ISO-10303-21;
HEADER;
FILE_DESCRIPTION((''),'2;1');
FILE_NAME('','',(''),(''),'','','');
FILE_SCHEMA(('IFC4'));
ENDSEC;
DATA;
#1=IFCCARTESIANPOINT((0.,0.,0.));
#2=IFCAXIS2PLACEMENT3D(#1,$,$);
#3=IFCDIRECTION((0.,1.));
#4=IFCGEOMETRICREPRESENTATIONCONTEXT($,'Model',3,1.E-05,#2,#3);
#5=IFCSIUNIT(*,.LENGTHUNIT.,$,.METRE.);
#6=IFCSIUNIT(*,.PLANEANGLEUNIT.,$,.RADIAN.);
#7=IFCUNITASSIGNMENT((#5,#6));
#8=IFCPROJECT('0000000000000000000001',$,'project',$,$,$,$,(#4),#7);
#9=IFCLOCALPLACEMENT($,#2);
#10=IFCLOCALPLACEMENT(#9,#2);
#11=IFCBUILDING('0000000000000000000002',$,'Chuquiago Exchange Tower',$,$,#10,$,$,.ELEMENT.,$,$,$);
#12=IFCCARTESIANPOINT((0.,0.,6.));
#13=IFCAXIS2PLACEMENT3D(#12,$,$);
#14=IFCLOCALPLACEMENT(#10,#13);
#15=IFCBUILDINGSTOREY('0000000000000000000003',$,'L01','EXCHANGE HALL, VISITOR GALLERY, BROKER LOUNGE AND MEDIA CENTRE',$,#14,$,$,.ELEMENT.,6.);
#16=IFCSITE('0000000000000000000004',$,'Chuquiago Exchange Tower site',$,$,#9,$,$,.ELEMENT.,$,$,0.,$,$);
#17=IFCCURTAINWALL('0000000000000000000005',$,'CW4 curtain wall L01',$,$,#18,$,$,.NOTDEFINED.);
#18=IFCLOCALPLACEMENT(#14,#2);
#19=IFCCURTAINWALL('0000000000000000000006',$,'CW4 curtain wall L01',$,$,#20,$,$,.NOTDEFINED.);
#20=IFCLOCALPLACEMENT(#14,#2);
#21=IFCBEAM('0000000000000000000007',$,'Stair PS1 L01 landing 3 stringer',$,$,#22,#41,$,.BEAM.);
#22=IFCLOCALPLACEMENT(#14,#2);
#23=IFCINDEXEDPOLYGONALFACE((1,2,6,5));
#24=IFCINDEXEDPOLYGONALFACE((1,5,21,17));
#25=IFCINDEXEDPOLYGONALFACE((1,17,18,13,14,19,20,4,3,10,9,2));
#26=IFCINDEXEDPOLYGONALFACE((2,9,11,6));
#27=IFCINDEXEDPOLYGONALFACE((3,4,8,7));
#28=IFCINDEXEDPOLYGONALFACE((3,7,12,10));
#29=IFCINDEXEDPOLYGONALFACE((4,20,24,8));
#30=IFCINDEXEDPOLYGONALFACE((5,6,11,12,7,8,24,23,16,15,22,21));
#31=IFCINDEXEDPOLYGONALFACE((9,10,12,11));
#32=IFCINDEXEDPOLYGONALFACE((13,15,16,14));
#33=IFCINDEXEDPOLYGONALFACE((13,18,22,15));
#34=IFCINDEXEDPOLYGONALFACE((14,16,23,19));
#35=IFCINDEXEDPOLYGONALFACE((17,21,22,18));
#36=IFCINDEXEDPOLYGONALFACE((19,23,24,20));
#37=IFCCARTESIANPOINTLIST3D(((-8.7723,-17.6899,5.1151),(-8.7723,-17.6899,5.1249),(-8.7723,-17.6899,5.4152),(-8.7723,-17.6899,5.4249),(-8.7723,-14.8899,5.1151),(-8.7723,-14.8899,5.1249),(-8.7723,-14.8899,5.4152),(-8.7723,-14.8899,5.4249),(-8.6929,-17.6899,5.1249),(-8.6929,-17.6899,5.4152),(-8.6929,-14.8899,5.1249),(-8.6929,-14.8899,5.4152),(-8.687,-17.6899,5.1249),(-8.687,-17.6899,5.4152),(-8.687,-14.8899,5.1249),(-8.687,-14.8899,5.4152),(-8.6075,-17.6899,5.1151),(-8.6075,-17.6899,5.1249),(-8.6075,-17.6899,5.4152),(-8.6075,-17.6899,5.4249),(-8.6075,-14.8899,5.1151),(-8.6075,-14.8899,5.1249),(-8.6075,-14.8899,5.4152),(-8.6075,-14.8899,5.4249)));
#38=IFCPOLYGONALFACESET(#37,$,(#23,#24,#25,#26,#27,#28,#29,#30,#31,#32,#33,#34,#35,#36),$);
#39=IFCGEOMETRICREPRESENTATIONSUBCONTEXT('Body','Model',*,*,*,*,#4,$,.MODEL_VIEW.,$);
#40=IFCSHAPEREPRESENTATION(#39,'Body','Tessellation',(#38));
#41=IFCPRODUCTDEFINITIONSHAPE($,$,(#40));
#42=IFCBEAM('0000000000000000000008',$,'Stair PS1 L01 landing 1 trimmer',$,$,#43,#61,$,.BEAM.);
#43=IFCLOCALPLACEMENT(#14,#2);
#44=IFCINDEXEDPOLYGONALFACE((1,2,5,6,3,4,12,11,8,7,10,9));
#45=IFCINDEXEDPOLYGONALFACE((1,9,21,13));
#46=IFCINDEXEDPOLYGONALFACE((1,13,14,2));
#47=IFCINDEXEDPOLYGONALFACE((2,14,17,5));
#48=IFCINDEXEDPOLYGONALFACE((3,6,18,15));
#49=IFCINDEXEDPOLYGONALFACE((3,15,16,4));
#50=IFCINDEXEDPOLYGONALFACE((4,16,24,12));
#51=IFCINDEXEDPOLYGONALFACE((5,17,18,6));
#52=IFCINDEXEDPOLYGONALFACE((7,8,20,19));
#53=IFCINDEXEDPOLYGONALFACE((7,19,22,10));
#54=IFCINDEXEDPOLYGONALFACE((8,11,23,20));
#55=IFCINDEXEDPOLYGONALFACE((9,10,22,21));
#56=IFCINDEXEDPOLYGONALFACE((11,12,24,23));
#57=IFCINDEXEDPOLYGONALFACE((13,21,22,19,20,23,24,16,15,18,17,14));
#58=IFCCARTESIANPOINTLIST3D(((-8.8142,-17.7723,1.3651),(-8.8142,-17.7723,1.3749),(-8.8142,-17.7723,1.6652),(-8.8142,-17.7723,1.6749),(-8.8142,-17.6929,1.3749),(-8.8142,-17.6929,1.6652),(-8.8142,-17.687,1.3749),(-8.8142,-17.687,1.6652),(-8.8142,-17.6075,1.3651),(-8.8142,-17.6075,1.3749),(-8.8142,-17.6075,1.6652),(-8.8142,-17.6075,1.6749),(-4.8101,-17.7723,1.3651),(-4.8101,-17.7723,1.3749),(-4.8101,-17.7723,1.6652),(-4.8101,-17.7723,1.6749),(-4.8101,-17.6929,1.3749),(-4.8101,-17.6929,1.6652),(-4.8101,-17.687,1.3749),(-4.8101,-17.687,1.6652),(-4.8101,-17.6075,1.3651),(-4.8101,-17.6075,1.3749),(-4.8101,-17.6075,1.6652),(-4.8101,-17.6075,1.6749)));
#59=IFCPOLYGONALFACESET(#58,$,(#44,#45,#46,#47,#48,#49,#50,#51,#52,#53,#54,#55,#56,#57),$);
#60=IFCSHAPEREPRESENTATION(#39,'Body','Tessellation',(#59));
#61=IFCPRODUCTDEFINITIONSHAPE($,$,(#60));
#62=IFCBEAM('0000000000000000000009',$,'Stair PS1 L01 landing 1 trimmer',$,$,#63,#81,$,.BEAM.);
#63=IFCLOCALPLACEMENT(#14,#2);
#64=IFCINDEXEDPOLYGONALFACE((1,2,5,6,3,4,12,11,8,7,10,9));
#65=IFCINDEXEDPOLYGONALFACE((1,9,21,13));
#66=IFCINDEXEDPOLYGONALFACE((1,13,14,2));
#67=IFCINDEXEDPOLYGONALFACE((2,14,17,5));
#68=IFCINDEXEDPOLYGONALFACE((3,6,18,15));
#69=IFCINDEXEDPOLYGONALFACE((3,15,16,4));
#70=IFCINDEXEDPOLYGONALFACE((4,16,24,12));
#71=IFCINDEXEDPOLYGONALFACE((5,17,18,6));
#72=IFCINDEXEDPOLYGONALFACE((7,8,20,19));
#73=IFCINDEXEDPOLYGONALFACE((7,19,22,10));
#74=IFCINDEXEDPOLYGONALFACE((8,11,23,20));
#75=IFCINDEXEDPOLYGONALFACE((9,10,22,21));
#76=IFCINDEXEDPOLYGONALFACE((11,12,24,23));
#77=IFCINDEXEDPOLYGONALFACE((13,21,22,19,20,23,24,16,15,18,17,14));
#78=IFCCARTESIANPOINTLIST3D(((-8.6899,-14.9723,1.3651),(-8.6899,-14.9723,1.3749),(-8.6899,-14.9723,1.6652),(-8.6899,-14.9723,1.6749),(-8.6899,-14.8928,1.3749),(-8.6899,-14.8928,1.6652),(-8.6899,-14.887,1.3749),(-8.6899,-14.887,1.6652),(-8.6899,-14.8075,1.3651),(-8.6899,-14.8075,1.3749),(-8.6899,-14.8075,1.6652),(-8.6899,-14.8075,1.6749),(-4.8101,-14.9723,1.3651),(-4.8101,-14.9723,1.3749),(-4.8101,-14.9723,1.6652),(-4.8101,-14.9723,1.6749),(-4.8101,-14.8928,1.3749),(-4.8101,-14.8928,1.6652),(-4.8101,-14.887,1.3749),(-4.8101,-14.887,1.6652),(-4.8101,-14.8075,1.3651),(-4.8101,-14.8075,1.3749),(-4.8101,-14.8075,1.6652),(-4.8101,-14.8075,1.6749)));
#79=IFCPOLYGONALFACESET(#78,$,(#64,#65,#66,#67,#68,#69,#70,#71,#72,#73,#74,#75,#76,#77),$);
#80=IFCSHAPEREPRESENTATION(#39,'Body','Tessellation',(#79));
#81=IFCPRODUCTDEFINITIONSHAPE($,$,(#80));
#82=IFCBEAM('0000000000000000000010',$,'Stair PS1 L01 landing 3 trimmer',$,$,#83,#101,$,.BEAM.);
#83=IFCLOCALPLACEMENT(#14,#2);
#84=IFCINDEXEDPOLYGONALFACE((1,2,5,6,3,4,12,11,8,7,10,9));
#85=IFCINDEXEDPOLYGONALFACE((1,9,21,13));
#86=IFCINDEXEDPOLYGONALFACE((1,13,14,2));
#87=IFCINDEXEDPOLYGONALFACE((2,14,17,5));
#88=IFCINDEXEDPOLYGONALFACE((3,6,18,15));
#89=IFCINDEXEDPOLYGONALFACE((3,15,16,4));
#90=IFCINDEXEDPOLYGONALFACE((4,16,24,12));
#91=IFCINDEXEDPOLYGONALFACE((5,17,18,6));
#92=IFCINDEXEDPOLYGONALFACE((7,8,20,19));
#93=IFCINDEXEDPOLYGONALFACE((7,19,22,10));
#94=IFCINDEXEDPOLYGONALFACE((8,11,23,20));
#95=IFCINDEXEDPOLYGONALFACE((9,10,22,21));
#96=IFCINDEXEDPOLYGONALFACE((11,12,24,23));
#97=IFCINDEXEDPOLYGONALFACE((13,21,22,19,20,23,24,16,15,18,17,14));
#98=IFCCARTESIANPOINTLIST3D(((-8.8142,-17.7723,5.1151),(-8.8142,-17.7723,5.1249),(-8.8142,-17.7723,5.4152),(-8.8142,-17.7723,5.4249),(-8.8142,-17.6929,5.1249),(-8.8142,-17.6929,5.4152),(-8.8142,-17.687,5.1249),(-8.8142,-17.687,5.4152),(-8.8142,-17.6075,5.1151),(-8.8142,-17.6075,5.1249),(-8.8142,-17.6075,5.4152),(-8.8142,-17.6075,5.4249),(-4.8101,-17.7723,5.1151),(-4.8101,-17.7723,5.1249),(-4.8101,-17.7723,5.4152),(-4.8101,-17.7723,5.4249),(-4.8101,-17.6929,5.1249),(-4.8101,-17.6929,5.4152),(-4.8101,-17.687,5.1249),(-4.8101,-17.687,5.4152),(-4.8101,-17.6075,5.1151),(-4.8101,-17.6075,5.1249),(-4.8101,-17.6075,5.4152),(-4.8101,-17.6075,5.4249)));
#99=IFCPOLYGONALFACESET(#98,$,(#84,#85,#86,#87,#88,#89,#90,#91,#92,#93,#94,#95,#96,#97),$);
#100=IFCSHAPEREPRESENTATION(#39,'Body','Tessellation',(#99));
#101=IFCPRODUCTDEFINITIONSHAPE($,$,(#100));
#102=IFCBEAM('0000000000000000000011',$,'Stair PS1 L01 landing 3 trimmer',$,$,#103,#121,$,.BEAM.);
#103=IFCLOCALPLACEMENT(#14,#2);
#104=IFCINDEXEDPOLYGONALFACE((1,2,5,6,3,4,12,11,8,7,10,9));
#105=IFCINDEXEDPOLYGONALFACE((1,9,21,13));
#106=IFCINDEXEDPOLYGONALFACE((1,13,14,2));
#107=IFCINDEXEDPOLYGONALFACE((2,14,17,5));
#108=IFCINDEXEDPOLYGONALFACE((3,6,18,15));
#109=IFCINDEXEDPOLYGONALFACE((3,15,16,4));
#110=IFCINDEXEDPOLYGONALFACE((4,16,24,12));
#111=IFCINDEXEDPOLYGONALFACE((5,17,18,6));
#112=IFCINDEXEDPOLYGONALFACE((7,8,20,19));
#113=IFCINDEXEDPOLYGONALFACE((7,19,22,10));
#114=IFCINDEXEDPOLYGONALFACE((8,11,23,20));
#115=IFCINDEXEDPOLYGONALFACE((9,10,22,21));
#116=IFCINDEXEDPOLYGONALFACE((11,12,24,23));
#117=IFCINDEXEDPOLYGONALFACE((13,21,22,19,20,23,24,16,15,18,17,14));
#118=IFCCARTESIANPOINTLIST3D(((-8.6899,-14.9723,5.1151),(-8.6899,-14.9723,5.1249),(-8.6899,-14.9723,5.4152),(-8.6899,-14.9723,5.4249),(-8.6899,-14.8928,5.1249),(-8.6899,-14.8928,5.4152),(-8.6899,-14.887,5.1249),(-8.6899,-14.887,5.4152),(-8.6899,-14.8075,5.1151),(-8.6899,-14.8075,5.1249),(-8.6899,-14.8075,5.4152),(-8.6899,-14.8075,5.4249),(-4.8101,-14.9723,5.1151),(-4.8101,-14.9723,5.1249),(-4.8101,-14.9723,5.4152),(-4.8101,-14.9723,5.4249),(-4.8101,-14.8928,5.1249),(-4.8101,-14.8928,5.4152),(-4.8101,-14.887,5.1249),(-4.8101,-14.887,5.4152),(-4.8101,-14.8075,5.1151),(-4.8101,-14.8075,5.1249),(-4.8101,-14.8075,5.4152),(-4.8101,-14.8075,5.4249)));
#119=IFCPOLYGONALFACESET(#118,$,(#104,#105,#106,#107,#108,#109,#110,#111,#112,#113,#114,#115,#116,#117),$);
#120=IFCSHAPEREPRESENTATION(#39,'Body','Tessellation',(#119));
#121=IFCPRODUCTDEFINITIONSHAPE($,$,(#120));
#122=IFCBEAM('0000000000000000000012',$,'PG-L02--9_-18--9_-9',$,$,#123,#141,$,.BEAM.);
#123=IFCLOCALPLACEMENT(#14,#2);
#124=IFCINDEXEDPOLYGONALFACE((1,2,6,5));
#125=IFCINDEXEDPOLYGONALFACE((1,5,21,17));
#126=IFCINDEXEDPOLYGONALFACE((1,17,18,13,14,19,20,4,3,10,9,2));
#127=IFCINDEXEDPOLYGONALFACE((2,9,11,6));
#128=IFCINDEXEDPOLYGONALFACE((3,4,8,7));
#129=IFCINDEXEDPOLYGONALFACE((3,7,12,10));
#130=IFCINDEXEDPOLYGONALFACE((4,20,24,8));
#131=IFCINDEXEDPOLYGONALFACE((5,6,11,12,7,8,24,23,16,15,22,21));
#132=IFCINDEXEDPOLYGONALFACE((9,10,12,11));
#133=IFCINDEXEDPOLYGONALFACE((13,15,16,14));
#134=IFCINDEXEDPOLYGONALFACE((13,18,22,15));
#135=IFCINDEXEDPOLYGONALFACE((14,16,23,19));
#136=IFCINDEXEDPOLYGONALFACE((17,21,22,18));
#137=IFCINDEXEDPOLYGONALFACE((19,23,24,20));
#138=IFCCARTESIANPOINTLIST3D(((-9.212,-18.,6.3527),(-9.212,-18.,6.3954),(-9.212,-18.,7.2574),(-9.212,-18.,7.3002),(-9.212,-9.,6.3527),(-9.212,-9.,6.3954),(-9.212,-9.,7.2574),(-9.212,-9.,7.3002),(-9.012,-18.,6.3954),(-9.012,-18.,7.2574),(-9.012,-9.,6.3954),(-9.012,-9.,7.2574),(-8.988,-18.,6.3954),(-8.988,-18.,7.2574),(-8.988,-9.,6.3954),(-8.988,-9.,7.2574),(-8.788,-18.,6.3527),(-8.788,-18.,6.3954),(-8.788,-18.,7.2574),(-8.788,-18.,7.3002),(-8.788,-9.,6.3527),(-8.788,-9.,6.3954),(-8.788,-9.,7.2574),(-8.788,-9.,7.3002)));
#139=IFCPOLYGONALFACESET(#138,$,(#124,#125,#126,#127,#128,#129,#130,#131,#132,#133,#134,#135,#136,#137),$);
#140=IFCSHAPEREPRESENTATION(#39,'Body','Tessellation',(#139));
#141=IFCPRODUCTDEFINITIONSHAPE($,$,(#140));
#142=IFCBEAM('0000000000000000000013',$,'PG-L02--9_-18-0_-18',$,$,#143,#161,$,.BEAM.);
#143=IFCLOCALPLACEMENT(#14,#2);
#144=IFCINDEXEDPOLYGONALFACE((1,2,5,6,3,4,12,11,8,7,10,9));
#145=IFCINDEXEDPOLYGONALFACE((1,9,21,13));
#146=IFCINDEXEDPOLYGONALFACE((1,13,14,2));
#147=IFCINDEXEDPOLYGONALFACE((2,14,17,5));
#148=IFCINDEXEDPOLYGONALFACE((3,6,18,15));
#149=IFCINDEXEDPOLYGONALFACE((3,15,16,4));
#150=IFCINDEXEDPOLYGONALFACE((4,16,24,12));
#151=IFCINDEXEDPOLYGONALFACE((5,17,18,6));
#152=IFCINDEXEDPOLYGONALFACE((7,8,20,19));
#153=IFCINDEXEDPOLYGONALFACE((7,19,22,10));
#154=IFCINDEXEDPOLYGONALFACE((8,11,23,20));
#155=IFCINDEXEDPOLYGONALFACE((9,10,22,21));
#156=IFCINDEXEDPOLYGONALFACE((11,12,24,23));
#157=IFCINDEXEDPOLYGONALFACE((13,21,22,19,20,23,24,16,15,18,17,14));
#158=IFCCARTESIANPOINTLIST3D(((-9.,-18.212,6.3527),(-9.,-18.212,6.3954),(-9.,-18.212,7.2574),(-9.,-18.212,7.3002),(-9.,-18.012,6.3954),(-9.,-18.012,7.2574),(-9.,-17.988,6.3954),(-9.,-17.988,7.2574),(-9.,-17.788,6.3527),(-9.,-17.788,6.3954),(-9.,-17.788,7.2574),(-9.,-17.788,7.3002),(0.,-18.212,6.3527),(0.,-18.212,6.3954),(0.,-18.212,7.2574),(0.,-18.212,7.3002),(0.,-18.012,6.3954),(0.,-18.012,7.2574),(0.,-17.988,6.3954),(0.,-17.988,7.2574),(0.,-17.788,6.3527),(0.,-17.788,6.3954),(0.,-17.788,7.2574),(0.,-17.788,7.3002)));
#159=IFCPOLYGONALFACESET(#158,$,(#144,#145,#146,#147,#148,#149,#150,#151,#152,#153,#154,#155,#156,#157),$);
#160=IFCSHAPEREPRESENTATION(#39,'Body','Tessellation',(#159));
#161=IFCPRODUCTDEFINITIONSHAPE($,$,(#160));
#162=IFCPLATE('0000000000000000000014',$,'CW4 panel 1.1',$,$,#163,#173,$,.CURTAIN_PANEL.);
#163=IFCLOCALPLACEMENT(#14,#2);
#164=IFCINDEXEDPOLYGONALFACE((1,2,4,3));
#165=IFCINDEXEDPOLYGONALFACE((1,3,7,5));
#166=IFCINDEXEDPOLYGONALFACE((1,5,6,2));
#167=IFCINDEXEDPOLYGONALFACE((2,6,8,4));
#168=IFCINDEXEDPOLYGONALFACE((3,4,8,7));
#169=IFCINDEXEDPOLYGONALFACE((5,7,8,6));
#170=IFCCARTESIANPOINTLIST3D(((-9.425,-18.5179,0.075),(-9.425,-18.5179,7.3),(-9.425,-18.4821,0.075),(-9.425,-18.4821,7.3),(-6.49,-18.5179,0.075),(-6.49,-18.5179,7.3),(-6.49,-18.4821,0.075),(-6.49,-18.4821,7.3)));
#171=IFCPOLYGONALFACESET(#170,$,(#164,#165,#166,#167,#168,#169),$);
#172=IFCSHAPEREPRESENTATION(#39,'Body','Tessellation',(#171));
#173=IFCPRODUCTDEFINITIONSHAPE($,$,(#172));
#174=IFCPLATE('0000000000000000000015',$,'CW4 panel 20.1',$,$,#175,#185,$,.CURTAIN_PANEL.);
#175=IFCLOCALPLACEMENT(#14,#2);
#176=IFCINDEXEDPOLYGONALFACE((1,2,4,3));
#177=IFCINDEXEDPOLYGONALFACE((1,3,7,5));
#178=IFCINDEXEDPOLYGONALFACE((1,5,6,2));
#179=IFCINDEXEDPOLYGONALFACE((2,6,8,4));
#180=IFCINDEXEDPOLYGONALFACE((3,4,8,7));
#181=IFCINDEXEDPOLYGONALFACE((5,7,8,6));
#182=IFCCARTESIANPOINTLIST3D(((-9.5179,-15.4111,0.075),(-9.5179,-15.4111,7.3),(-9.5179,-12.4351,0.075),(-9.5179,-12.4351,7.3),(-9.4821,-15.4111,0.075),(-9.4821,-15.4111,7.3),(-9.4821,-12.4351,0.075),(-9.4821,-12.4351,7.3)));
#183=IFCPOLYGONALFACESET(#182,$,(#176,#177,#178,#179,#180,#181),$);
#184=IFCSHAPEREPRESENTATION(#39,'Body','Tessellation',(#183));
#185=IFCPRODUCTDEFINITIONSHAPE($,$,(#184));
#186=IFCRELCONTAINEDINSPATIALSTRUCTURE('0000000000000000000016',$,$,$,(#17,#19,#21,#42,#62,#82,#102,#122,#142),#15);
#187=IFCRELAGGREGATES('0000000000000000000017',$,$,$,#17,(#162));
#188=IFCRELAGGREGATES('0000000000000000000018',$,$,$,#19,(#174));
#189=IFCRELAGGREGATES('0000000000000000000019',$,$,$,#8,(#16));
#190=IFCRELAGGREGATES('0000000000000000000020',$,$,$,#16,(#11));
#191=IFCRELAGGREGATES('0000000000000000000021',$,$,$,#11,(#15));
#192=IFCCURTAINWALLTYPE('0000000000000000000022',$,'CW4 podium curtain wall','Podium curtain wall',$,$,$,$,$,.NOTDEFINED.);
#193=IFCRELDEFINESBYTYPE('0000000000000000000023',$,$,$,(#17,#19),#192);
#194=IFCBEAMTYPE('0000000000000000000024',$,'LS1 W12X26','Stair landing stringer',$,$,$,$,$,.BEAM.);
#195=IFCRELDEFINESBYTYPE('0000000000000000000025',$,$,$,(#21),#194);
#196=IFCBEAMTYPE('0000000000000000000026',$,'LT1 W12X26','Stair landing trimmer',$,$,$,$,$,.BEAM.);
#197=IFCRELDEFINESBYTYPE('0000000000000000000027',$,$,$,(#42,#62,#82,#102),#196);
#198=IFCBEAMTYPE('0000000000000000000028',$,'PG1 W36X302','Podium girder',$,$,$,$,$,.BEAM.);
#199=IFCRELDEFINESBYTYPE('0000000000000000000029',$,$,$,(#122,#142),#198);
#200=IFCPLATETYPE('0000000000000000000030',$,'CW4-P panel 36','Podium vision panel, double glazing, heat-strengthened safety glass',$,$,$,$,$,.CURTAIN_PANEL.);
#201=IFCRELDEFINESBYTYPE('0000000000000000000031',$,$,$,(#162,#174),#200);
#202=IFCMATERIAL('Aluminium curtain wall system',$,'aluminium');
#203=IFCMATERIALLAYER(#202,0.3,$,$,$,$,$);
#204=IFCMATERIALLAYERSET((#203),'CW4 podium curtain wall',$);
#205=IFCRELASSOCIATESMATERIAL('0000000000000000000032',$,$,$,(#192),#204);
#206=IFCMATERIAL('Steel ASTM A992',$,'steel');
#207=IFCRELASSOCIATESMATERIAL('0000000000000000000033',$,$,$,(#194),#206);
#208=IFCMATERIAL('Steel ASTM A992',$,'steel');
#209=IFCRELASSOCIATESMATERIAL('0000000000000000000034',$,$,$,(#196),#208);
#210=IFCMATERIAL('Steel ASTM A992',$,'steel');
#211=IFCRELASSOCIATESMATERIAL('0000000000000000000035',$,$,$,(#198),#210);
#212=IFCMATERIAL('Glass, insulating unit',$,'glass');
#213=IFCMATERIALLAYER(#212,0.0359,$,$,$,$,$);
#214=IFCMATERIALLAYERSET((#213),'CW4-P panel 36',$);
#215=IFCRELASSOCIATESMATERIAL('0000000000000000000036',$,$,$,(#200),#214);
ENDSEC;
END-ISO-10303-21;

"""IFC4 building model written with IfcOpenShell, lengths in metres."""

from ifc_helpers import new_model, si_unit, direction, frame, origin, origin_2d, place, context, subcontext, project, spatial, rectangle, i_section, extrude, material, layer, layer_set, material_profile, profile_set, type_object, element, aggregate, save


model = new_model("IFC4")

# Units and contexts
model_context = context("Model", 3, precision=1e-05, world=origin(), true_north=direction((0.0, 1.0)))
body_context = subcontext(model_context, "Body", "Model", "MODEL_VIEW")
ifc_project = project(units=[si_unit("LENGTHUNIT", "METRE"), si_unit("PLANEANGLEUNIT", "RADIAN")], contexts=[model_context])

# Site, building, storey
site_placement = place(None, origin())
site = spatial("IfcSite", under=ifc_project, at=site_placement, Name="Chuquiago Exchange Tower site", CompositionType="ELEMENT", RefElevation=0.0)
building_placement = place(site_placement, origin())
building = spatial("IfcBuilding", under=site, at=building_placement, Name="Chuquiago Exchange Tower", CompositionType="ELEMENT")
storey_placement = place(building_placement, frame((0.0, 0.0, 6.0)))
storey = spatial("IfcBuildingStorey", under=building, at=storey_placement, Name="L01", Description="EXCHANGE HALL, VISITOR GALLERY, BROKER LOUNGE AND MEDIA CENTRE", CompositionType="ELEMENT", Elevation=6.0)

# Curtain walls
ifc_material_1 = material(Name="Aluminium curtain wall system", Category="aluminium")
ifc_layer_1 = layer(ifc_material_1, 0.3)
ifc_layer_set_1 = layer_set([ifc_layer_1], Name="CW4 podium curtain wall")
curtain_wall_type = type_object("IfcCurtainWallType", Name="CW4 podium curtain wall", Description="Podium curtain wall", PredefinedType="NOTDEFINED", material=ifc_layer_set_1)
curtain_wall_1_placement = place(storey_placement, origin())
curtain_wall_1 = element("IfcCurtainWall", 1, at=curtain_wall_1_placement, inside=storey, type_object=curtain_wall_type, Name="CW4 curtain wall L01", PredefinedType="NOTDEFINED")
curtain_wall_2_placement = place(storey_placement, origin())
curtain_wall_2 = element("IfcCurtainWall", 2, at=curtain_wall_2_placement, inside=storey, type_object=curtain_wall_type, Name="CW4 curtain wall L01", PredefinedType="NOTDEFINED")

# Beams
ifc_material_2 = material(Name="Steel ASTM A992", Category="steel")
ifc_material_profile_1 = material_profile(ifc_material_2, i_section(OverallWidth=0.1648, OverallDepth=0.3098, WebThickness=0.0059, FlangeThickness=0.0098, at=origin_2d()), Name="W12X26")
ifc_profile_set_1 = profile_set([ifc_material_profile_1], Name="Steel ASTM A992")
beam_type_1 = type_object("IfcBeamType", Name="LS1 W12X26", Description="Stair landing stringer", PredefinedType="BEAM", material=ifc_profile_set_1)
for number, where, z_axis, x_axis, name in (
    (3, (-8.6899, -17.6899, 5.27), (0.0, 1.0, 0.0), (-1.0, 0.0, 0.0), "Stair PS1 L01 landing 3 stringer"),
):
    element("IfcBeam", number, at=place(storey_placement, frame(where, z_axis=z_axis, x_axis=x_axis)), inside=storey, type_object=beam_type_1, Name=name, PredefinedType="BEAM", context=body_context, shape_type="SweptSolid", body=[
        extrude(i_section(OverallWidth=0.1648, OverallDepth=0.3098, WebThickness=0.0059, FlangeThickness=0.0098, at=origin_2d()), origin(), (0.0, 0.0, 1.0), 2.8),
    ])
ifc_material_3 = material(Name="Steel ASTM A992", Category="steel")
ifc_material_profile_2 = material_profile(ifc_material_3, i_section(OverallWidth=0.1648, OverallDepth=0.3098, WebThickness=0.0059, FlangeThickness=0.0098, at=origin_2d()), Name="W12X26")
ifc_profile_set_2 = profile_set([ifc_material_profile_2], Name="Steel ASTM A992")
beam_type_2 = type_object("IfcBeamType", Name="LT1 W12X26", Description="Stair landing trimmer", PredefinedType="BEAM", material=ifc_profile_set_2)
beam_1_placement = place(storey_placement, frame((-8.8142, -17.6899, 1.52), z_axis=(1.0, 0.0, 0.0), x_axis=(0.0, 1.0, 0.0)))
element("IfcBeam", 4, at=beam_1_placement, inside=storey, type_object=beam_type_2, Name="Stair PS1 L01 landing 1 trimmer", PredefinedType="BEAM", context=body_context, shape_type="SweptSolid", body=[
    extrude(i_section(OverallWidth=0.1648, OverallDepth=0.3098, WebThickness=0.0059, FlangeThickness=0.0098, at=origin_2d()), origin(), (0.0, 0.0, 1.0), 4.0042),
])
beam_2_placement = place(storey_placement, frame((-8.6899, -14.8899, 1.52), z_axis=(1.0, 0.0, 0.0), x_axis=(0.0, 1.0, 0.0)))
element("IfcBeam", 5, at=beam_2_placement, inside=storey, type_object=beam_type_2, Name="Stair PS1 L01 landing 1 trimmer", PredefinedType="BEAM", context=body_context, shape_type="SweptSolid", body=[
    extrude(i_section(OverallWidth=0.1648, OverallDepth=0.3098, WebThickness=0.0059, FlangeThickness=0.0098, at=origin_2d()), origin(), (0.0, 0.0, 1.0), 3.8799),
])
beam_3_placement = place(storey_placement, frame((-8.8142, -17.6899, 5.27), z_axis=(1.0, 0.0, 0.0), x_axis=(0.0, 1.0, 0.0)))
element("IfcBeam", 6, at=beam_3_placement, inside=storey, type_object=beam_type_2, Name="Stair PS1 L01 landing 3 trimmer", PredefinedType="BEAM", context=body_context, shape_type="SweptSolid", body=[
    extrude(i_section(OverallWidth=0.1648, OverallDepth=0.3098, WebThickness=0.0059, FlangeThickness=0.0098, at=origin_2d()), origin(), (0.0, 0.0, 1.0), 4.0042),
])
beam_4_placement = place(storey_placement, frame((-8.6899, -14.8899, 5.27), z_axis=(1.0, 0.0, 0.0), x_axis=(0.0, 1.0, 0.0)))
element("IfcBeam", 7, at=beam_4_placement, inside=storey, type_object=beam_type_2, Name="Stair PS1 L01 landing 3 trimmer", PredefinedType="BEAM", context=body_context, shape_type="SweptSolid", body=[
    extrude(i_section(OverallWidth=0.1648, OverallDepth=0.3098, WebThickness=0.0059, FlangeThickness=0.0098, at=origin_2d()), origin(), (0.0, 0.0, 1.0), 3.8799),
])
ifc_material_4 = material(Name="Steel ASTM A992", Category="steel")
ifc_material_profile_3 = material_profile(ifc_material_4, i_section(OverallWidth=0.4241, OverallDepth=0.9475, WebThickness=0.0239, FlangeThickness=0.0427, at=origin_2d()), Name="W36X302")
ifc_profile_set_3 = profile_set([ifc_material_profile_3], Name="Steel ASTM A992")
beam_type_3 = type_object("IfcBeamType", Name="PG1 W36X302", Description="Podium girder", PredefinedType="BEAM", material=ifc_profile_set_3)
for number, where, z_axis, x_axis, name in (
    (8, (-9.0, -18.0, 6.8264), (0.0, 1.0, 0.0), (-1.0, 0.0, 0.0), "PG-L02--9_-18--9_-9"),
    (9, (-9.0, -18.0, 6.8264), (1.0, 0.0, 0.0), (0.0, 1.0, 0.0), "PG-L02--9_-18-0_-18"),
):
    element("IfcBeam", number, at=place(storey_placement, frame(where, z_axis=z_axis, x_axis=x_axis)), inside=storey, type_object=beam_type_3, Name=name, PredefinedType="BEAM", context=body_context, shape_type="SweptSolid", body=[
        extrude(i_section(OverallWidth=0.4241, OverallDepth=0.9475, WebThickness=0.0239, FlangeThickness=0.0427, at=origin_2d()), origin(), (0.0, 0.0, 1.0), 9.0),
    ])

# Plates
ifc_material_5 = material(Name="Glass, insulating unit", Category="glass")
ifc_layer_2 = layer(ifc_material_5, 0.0359)
ifc_layer_set_2 = layer_set([ifc_layer_2], Name="CW4-P panel 36")
plate_type = type_object("IfcPlateType", Name="CW4-P panel 36", Description="Podium vision panel, double glazing, heat-strengthened safety glass", PredefinedType="CURTAIN_PANEL", material=ifc_layer_set_2)
plate_1_placement = place(storey_placement, frame((-7.9575, -18.5, 0.075), z_axis=(0.0, 0.0, 1.0), x_axis=(1.0, 0.0, 0.0)))
plate_1 = element("IfcPlate", 10, at=plate_1_placement, type_object=plate_type, Name="CW4 panel 1.1", PredefinedType="CURTAIN_PANEL", context=body_context, shape_type="SweptSolid", body=[
    extrude(rectangle(XDim=2.9351, YDim=0.0359, at=origin_2d()), origin(), (0.0, 0.0, 1.0), 7.2251),
])
aggregate(curtain_wall_1, [plate_1])
plate_2_placement = place(storey_placement, frame((-9.5, -13.9231, 0.075), z_axis=(0.0, 0.0, 1.0), x_axis=(0.0, -1.0, 0.0)))
plate_2 = element("IfcPlate", 11, at=plate_2_placement, type_object=plate_type, Name="CW4 panel 20.1", PredefinedType="CURTAIN_PANEL", context=body_context, shape_type="SweptSolid", body=[
    extrude(rectangle(XDim=2.9761, YDim=0.0359, at=origin_2d()), origin(), (0.0, 0.0, 1.0), 7.2251),
])
aggregate(curtain_wall_2, [plate_2])

save(model, "model.ifc")
